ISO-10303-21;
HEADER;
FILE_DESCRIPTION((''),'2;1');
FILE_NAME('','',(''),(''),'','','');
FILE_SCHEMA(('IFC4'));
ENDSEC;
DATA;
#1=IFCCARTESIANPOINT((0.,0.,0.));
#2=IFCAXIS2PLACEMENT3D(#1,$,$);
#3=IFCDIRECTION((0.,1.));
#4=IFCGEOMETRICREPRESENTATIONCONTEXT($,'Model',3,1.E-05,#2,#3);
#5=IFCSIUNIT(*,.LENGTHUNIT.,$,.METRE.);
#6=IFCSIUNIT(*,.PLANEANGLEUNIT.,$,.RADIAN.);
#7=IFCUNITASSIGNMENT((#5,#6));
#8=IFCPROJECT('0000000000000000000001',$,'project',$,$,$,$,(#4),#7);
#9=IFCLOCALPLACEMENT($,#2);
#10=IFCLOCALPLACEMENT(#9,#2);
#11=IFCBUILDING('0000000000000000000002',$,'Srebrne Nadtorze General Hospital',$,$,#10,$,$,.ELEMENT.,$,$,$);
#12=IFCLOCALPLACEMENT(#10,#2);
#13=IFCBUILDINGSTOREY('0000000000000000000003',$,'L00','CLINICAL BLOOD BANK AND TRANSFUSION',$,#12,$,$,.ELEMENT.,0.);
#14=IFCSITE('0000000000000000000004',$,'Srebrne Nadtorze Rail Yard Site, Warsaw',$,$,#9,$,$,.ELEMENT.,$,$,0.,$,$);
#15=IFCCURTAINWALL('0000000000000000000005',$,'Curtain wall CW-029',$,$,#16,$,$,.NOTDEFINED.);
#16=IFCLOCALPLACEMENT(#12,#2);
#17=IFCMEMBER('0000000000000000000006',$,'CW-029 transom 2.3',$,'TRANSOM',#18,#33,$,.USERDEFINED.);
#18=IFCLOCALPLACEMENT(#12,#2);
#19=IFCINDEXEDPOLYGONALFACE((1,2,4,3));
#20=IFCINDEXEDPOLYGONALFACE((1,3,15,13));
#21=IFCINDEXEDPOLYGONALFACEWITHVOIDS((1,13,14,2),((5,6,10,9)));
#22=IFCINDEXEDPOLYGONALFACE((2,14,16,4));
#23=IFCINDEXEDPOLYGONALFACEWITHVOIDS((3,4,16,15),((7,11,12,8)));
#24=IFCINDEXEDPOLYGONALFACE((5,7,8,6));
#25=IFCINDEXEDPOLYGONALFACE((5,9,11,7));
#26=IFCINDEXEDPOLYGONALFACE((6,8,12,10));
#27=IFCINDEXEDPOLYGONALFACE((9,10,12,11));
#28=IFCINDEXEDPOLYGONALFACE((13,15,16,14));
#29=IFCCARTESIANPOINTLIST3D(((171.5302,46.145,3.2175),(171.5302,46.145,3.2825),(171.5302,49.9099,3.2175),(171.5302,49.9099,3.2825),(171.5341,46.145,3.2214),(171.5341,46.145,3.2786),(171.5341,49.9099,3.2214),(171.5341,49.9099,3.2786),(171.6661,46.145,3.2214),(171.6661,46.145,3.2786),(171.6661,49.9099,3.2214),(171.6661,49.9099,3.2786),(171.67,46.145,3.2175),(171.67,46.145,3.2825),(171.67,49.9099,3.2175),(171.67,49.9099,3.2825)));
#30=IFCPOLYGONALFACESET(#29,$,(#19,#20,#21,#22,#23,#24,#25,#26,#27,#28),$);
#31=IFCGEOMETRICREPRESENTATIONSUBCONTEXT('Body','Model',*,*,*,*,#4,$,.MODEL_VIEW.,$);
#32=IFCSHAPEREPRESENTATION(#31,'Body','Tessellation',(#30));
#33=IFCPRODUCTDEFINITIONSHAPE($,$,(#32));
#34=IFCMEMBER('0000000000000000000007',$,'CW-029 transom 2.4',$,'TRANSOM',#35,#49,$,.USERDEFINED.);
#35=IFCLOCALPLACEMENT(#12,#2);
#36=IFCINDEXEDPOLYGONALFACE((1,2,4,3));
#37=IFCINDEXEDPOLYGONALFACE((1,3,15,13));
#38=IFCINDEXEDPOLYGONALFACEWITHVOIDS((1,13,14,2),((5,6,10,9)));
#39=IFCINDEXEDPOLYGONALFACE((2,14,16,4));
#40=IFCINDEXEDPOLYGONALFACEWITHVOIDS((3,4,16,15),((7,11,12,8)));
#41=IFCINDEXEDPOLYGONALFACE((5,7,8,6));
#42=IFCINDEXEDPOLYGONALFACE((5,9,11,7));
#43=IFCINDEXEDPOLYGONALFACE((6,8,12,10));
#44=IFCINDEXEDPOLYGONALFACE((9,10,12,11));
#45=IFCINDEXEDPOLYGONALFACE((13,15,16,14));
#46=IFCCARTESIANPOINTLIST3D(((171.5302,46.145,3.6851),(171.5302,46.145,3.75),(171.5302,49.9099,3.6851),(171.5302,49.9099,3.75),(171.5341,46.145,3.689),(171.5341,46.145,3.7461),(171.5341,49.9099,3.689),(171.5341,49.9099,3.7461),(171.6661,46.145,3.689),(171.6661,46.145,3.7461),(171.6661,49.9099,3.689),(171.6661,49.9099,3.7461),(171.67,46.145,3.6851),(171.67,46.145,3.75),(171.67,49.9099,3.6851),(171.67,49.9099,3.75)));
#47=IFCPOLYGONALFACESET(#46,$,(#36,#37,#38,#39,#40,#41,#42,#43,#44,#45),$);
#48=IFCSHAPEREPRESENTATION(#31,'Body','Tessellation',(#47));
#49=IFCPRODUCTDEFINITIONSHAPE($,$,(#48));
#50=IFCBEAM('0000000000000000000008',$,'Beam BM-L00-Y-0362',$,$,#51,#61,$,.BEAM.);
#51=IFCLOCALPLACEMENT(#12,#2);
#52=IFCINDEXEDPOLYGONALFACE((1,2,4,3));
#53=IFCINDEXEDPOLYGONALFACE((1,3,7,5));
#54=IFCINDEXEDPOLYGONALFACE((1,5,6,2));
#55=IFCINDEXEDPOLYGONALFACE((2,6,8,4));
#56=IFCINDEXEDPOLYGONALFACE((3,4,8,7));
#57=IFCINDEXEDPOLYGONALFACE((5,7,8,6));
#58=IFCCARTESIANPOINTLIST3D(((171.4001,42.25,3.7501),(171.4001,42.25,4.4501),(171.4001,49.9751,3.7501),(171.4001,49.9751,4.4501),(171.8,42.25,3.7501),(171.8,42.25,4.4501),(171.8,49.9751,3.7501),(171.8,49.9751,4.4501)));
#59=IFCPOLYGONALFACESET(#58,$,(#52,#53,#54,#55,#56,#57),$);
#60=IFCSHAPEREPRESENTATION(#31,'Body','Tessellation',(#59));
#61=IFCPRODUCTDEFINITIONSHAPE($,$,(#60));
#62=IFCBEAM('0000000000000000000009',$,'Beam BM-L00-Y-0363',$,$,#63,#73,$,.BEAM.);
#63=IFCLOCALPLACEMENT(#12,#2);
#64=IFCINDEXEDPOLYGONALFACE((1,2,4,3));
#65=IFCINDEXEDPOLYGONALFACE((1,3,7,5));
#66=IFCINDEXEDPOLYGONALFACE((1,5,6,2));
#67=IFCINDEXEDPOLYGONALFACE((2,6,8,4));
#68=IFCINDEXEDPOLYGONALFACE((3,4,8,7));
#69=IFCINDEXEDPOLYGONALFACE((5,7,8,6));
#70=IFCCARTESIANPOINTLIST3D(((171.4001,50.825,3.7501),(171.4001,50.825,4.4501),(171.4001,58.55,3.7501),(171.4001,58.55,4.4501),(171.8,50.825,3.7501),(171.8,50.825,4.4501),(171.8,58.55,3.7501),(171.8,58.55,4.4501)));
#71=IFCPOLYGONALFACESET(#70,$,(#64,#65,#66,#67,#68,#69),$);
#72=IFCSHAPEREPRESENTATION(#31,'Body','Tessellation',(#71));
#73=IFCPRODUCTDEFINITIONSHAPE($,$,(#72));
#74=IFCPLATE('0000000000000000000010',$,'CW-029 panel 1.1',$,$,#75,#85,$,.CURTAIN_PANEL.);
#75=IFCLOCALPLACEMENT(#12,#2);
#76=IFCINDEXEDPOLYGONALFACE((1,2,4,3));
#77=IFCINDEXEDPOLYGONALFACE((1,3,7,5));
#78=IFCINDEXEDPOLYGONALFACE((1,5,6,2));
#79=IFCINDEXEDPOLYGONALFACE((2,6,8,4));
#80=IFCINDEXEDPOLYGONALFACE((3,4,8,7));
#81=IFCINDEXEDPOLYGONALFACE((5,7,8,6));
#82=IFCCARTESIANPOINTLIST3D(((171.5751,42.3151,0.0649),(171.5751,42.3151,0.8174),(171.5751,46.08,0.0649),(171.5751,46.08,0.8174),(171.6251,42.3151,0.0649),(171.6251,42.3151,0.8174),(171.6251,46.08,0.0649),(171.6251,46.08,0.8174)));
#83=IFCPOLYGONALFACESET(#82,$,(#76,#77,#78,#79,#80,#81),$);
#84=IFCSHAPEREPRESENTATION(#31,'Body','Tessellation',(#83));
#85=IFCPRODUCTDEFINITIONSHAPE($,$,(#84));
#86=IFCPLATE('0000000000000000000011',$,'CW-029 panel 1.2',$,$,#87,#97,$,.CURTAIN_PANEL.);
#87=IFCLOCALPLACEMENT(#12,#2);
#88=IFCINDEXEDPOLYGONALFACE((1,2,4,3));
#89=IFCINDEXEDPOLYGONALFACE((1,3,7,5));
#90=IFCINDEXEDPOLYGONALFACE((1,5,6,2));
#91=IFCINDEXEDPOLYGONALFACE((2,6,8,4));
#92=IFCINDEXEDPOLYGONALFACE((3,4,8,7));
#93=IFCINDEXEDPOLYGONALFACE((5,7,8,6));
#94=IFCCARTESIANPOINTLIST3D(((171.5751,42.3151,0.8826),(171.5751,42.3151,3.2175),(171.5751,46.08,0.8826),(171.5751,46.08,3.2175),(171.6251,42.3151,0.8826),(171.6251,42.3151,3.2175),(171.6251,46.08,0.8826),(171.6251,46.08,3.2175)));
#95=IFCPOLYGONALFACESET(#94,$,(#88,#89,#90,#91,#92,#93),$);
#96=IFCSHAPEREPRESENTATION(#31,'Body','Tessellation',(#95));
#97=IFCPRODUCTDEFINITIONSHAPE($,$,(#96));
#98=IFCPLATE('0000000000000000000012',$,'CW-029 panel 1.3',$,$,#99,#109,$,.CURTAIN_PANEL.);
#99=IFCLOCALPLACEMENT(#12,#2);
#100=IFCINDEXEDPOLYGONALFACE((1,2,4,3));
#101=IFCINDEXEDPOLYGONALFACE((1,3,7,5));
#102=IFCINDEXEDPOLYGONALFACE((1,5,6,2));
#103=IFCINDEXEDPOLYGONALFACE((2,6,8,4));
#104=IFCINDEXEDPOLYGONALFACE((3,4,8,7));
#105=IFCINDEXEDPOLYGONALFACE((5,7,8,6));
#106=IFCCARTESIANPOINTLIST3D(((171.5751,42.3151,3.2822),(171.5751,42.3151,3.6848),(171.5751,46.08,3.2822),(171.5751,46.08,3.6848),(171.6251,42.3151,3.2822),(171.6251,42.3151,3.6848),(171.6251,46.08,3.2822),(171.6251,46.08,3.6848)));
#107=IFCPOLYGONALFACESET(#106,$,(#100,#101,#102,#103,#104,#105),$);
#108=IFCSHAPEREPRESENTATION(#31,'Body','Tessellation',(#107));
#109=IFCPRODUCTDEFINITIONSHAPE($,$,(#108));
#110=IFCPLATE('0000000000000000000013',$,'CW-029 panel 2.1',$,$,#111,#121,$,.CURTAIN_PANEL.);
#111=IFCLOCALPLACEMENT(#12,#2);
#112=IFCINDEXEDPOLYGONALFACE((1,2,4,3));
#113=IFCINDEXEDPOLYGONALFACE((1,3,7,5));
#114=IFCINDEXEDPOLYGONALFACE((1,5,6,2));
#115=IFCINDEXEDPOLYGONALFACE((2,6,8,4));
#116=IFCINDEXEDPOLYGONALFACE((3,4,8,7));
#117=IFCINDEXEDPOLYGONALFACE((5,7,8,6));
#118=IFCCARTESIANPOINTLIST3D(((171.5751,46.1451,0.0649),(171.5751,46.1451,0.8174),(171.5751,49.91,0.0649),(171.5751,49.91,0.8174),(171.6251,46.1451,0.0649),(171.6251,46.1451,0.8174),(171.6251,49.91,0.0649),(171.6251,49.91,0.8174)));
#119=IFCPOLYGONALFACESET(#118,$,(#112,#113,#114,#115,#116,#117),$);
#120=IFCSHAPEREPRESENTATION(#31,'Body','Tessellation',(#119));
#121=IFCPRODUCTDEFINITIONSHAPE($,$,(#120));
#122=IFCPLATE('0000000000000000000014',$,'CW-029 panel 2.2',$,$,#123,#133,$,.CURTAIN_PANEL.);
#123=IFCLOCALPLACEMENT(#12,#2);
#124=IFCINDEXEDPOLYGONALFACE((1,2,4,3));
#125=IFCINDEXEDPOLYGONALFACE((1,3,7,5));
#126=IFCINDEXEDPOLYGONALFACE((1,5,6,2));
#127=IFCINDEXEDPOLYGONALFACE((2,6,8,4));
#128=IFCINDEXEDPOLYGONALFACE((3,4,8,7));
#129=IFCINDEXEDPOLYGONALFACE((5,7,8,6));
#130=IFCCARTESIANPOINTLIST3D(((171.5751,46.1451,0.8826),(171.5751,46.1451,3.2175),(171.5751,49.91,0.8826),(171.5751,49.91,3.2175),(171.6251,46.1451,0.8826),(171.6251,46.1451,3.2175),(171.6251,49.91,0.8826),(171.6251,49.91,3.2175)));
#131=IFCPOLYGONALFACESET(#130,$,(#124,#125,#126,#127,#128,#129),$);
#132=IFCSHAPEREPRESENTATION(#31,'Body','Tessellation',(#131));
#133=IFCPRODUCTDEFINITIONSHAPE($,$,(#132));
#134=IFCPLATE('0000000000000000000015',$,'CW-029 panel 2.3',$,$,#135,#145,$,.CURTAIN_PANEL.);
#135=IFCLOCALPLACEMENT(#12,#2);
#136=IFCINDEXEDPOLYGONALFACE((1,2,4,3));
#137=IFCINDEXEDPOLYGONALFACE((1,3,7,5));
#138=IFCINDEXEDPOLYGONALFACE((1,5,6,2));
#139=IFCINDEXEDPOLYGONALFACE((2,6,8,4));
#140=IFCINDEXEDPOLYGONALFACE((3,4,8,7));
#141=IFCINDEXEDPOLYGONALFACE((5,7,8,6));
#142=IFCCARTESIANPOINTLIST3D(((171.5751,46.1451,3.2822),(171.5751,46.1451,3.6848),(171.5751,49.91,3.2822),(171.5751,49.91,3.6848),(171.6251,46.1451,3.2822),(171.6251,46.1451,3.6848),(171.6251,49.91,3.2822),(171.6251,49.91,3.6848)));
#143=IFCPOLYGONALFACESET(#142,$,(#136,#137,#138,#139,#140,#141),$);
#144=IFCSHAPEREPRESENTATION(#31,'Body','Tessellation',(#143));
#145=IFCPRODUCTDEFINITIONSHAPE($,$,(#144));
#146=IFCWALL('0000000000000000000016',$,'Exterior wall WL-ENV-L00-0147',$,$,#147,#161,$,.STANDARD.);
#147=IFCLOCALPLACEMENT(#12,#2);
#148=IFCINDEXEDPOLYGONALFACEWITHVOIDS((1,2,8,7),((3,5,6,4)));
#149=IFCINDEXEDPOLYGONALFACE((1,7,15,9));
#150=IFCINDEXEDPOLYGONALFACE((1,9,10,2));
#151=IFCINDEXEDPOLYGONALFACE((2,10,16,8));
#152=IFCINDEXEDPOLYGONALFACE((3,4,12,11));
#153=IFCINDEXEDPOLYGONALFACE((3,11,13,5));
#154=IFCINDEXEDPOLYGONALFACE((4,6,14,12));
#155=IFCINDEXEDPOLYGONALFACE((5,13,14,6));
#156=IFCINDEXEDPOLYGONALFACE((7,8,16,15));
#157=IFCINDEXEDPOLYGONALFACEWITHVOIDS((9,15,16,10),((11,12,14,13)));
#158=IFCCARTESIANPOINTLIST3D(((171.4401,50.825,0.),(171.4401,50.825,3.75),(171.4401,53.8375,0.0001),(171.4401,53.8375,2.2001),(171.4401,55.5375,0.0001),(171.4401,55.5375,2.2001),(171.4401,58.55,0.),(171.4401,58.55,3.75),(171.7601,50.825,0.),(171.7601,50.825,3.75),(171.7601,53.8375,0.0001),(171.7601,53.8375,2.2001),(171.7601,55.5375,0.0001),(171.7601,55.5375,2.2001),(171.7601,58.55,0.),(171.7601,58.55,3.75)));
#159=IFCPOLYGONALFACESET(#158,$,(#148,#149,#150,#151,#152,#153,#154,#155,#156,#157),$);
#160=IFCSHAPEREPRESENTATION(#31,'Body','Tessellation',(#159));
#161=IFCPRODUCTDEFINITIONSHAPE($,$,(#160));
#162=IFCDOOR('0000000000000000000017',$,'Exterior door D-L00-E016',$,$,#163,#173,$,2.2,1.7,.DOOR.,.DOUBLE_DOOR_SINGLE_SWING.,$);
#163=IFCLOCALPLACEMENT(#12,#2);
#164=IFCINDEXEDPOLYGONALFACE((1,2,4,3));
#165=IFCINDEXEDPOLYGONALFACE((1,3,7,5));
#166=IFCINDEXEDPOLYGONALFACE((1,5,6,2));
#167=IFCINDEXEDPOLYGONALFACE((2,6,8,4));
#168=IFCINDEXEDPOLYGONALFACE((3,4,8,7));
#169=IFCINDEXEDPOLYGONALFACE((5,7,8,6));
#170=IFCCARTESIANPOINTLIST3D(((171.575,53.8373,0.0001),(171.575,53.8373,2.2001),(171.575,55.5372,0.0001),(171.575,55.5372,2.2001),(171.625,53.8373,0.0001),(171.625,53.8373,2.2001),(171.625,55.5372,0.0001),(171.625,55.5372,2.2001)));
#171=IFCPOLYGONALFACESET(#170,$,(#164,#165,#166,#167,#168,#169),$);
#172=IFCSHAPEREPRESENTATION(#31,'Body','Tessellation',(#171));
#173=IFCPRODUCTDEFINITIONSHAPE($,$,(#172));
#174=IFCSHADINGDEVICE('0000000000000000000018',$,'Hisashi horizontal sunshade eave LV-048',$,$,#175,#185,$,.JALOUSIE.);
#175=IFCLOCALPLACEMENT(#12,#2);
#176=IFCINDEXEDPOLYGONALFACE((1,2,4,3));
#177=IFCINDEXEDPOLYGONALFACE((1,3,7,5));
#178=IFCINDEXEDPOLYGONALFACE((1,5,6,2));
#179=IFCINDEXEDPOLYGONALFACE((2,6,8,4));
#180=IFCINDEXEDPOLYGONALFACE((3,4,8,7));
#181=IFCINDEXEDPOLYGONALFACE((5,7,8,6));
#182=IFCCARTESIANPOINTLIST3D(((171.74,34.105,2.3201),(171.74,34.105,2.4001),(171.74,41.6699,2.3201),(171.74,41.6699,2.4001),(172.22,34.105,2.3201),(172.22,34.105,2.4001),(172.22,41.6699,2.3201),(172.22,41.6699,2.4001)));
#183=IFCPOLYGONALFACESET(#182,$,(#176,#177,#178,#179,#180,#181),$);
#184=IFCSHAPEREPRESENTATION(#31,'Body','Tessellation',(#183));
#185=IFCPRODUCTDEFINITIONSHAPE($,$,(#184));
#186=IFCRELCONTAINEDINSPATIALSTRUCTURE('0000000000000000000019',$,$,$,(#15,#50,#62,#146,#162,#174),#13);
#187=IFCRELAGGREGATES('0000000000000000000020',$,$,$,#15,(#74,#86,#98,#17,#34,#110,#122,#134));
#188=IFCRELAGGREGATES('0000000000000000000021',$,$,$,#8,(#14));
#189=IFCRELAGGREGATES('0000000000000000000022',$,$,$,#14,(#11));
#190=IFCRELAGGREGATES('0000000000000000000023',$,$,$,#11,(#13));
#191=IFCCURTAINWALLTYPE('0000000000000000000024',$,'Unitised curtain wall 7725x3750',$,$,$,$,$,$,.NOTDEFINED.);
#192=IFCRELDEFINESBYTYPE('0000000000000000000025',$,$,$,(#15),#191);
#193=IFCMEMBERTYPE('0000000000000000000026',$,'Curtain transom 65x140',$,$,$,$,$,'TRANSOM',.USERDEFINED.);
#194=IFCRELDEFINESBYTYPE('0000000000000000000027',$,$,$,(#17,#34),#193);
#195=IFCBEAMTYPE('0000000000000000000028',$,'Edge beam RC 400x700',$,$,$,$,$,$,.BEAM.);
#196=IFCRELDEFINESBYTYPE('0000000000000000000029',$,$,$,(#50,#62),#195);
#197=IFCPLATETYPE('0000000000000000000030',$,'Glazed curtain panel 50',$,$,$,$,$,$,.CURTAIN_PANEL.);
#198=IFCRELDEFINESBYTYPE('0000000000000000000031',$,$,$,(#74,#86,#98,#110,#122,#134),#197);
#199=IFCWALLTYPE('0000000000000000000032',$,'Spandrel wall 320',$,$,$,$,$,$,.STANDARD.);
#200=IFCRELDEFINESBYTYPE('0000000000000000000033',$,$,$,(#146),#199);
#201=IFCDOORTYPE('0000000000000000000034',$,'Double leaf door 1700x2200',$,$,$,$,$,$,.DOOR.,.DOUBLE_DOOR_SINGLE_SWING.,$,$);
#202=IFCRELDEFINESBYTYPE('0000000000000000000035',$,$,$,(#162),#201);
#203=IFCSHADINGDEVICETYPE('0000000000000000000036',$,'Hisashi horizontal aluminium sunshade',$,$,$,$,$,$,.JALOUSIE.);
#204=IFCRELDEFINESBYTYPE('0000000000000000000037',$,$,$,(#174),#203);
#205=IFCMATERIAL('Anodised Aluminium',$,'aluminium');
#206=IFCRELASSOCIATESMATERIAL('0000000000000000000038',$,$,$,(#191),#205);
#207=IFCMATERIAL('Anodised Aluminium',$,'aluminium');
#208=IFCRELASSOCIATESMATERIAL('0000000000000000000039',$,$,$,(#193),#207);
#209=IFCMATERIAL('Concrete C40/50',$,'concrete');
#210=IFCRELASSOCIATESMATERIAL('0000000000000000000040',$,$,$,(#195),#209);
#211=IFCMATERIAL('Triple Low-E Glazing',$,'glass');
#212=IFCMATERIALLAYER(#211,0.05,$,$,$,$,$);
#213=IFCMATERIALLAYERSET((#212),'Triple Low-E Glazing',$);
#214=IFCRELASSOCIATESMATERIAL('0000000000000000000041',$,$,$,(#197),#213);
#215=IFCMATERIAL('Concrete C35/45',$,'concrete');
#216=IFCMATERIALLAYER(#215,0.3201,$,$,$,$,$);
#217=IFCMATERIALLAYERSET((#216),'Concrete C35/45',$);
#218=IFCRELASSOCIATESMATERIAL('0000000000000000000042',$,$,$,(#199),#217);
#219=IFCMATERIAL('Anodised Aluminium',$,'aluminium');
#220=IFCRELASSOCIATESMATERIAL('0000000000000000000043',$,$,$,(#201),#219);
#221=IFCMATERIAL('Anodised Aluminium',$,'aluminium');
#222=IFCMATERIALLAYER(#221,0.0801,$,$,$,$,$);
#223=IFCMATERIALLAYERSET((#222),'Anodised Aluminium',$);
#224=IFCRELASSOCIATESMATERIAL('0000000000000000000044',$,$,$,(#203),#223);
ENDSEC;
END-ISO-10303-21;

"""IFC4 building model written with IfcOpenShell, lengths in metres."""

from ifc_helpers import new_model, si_unit, direction, frame, frame_2d, origin, origin_2d, place, context, subcontext, project, spatial, rectangle, hollow_rectangle, extrude, material, layer, layer_set, material_profile, profile_set, type_object, element, fill, aggregate, save


model = new_model("IFC4")

# Units and contexts
model_context = context("Model", 3, precision=1e-05, world=origin(), true_north=direction((0.0, 1.0)))
body_context = subcontext(model_context, "Body", "Model", "MODEL_VIEW")
ifc_project = project(units=[si_unit("LENGTHUNIT", "METRE"), si_unit("PLANEANGLEUNIT", "RADIAN")], contexts=[model_context])

# Site, building, storey
site_placement = place(None, origin())
site = spatial("IfcSite", under=ifc_project, at=site_placement, Name="Srebrne Nadtorze Rail Yard Site, Warsaw", CompositionType="ELEMENT", RefElevation=0.0)
building_placement = place(site_placement, origin())
building = spatial("IfcBuilding", under=site, at=building_placement, Name="Srebrne Nadtorze General Hospital", CompositionType="ELEMENT")
storey_placement = place(building_placement, origin())
storey = spatial("IfcBuildingStorey", under=building, at=storey_placement, Name="L00", Description="CLINICAL BLOOD BANK AND TRANSFUSION", CompositionType="ELEMENT", Elevation=0.0)

# Curtain wall, members
ifc_material_1 = material(Name="Anodised Aluminium", Category="aluminium")
curtain_wall_type = type_object("IfcCurtainWallType", Name="Unitised curtain wall 7725x3750", PredefinedType="NOTDEFINED", material=ifc_material_1)
curtain_wall_placement = place(storey_placement, origin())
curtain_wall = element("IfcCurtainWall", 1, at=curtain_wall_placement, inside=storey, type_object=curtain_wall_type, Name="Curtain wall CW-029", PredefinedType="NOTDEFINED")
ifc_material_2 = material(Name="Anodised Aluminium", Category="aluminium")
ifc_material_profile_1 = material_profile(ifc_material_2, hollow_rectangle(XDim=0.0649, YDim=0.1399, WallThickness=0.0039, at=origin_2d()), Name="AL-TRN-65x140")
ifc_profile_set_1 = profile_set([ifc_material_profile_1], Name="Anodised Aluminium")
member_type_1 = type_object("IfcMemberType", Name="Curtain transom 65x140", ElementType="TRANSOM", PredefinedType="USERDEFINED", material=ifc_profile_set_1)
member_1_placement = place(storey_placement, frame((171.6001, 46.145, 3.25), z_axis=(0.0, 1.0, 0.0), x_axis=(0.0, 0.0, 1.0)))
member_1 = element("IfcMember", 2, at=member_1_placement, type_object=member_type_1, Name="CW-029 transom 2.3", ObjectType="TRANSOM", PredefinedType="USERDEFINED", context=body_context, shape_type="SweptSolid", body=[
    extrude(hollow_rectangle(XDim=0.0649, YDim=0.1399, WallThickness=0.0039, at=origin_2d()), origin(), (0.0, 0.0, 1.0), 3.7649),
])
member_2_placement = place(storey_placement, frame((171.6001, 46.145, 3.7175), z_axis=(0.0, 1.0, 0.0), x_axis=(0.0, 0.0, 1.0)))
member_2 = element("IfcMember", 3, at=member_2_placement, type_object=member_type_1, Name="CW-029 transom 2.4", ObjectType="TRANSOM", PredefinedType="USERDEFINED", context=body_context, shape_type="SweptSolid", body=[
    extrude(hollow_rectangle(XDim=0.0649, YDim=0.1399, WallThickness=0.0039, at=origin_2d()), origin(), (0.0, 0.0, 1.0), 3.7649),
])

# Beams
ifc_material_3 = material(Name="Concrete C40/50", Category="concrete")
ifc_material_profile_2 = material_profile(ifc_material_3, rectangle(XDim=0.3999, YDim=0.7, at=origin_2d()), Name="RC-BM-400x700")
ifc_profile_set_2 = profile_set([ifc_material_profile_2], Name="Concrete C40/50")
beam_type = type_object("IfcBeamType", Name="Edge beam RC 400x700", PredefinedType="BEAM", material=ifc_profile_set_2)
for number, where, z_axis, x_axis, name in (
    (4, (171.6001, 42.25, 4.1001), (0.0, 1.0, 0.0), (-1.0, 0.0, 0.0), "Beam BM-L00-Y-0362"),
    (5, (171.6001, 50.825, 4.1001), (0.0, 1.0, 0.0), (-1.0, 0.0, 0.0), "Beam BM-L00-Y-0363"),
):
    element("IfcBeam", number, at=place(storey_placement, frame(where, z_axis=z_axis, x_axis=x_axis)), inside=storey, type_object=beam_type, Name=name, PredefinedType="BEAM", context=body_context, shape_type="SweptSolid", body=[
        extrude(rectangle(XDim=0.3999, YDim=0.7, at=origin_2d()), origin(), (0.0, 0.0, 1.0), 7.7251),
    ])

# Plates
ifc_material_4 = material(Name="Triple Low-E Glazing", Category="glass")
ifc_layer_1 = layer(ifc_material_4, 0.05)
ifc_layer_set_1 = layer_set([ifc_layer_1], Name="Triple Low-E Glazing")
plate_type = type_object("IfcPlateType", Name="Glazed curtain panel 50", PredefinedType="CURTAIN_PANEL", material=ifc_layer_set_1)
plate_1_placement = place(storey_placement, frame((171.6001, 44.1975, 0.0649), z_axis=(0.0, 0.0, 1.0), x_axis=(0.0, 1.0, 0.0)))
plate_1 = element("IfcPlate", 6, at=plate_1_placement, type_object=plate_type, Name="CW-029 panel 1.1", PredefinedType="CURTAIN_PANEL", context=body_context, shape_type="SweptSolid", body=[
    extrude(rectangle(XDim=3.7649, YDim=0.05, at=origin_2d()), origin(), (0.0, 0.0, 1.0), 0.7524),
])
plate_2_placement = place(storey_placement, frame((171.6001, 44.1975, 0.8826), z_axis=(0.0, 0.0, 1.0), x_axis=(0.0, 1.0, 0.0)))
plate_2 = element("IfcPlate", 7, at=plate_2_placement, type_object=plate_type, Name="CW-029 panel 1.2", PredefinedType="CURTAIN_PANEL", context=body_context, shape_type="SweptSolid", body=[
    extrude(rectangle(XDim=3.7649, YDim=0.05, at=origin_2d()), origin(), (0.0, 0.0, 1.0), 2.335),
])
plate_3_placement = place(storey_placement, frame((171.6001, 44.1975, 3.2822), z_axis=(0.0, 0.0, 1.0), x_axis=(0.0, 1.0, 0.0)))
plate_3 = element("IfcPlate", 8, at=plate_3_placement, type_object=plate_type, Name="CW-029 panel 1.3", PredefinedType="CURTAIN_PANEL", context=body_context, shape_type="SweptSolid", body=[
    extrude(rectangle(XDim=3.7649, YDim=0.05, at=origin_2d()), origin(), (0.0, 0.0, 1.0), 0.4026),
])
plate_4_placement = place(storey_placement, frame((171.6001, 48.0276, 0.0649), z_axis=(0.0, 0.0, 1.0), x_axis=(0.0, 1.0, 0.0)))
plate_4 = element("IfcPlate", 9, at=plate_4_placement, type_object=plate_type, Name="CW-029 panel 2.1", PredefinedType="CURTAIN_PANEL", context=body_context, shape_type="SweptSolid", body=[
    extrude(rectangle(XDim=3.7649, YDim=0.05, at=origin_2d()), origin(), (0.0, 0.0, 1.0), 0.7524),
])
plate_5_placement = place(storey_placement, frame((171.6001, 48.0276, 0.8826), z_axis=(0.0, 0.0, 1.0), x_axis=(0.0, 1.0, 0.0)))
plate_5 = element("IfcPlate", 10, at=plate_5_placement, type_object=plate_type, Name="CW-029 panel 2.2", PredefinedType="CURTAIN_PANEL", context=body_context, shape_type="SweptSolid", body=[
    extrude(rectangle(XDim=3.7649, YDim=0.05, at=origin_2d()), origin(), (0.0, 0.0, 1.0), 2.335),
])
plate_6_placement = place(storey_placement, frame((171.6001, 48.0276, 3.2822), z_axis=(0.0, 0.0, 1.0), x_axis=(0.0, 1.0, 0.0)))
plate_6 = element("IfcPlate", 11, at=plate_6_placement, type_object=plate_type, Name="CW-029 panel 2.3", PredefinedType="CURTAIN_PANEL", context=body_context, shape_type="SweptSolid", body=[
    extrude(rectangle(XDim=3.7649, YDim=0.05, at=origin_2d()), origin(), (0.0, 0.0, 1.0), 0.4026),
])
aggregate(curtain_wall, [plate_1, plate_2, plate_3, member_1, member_2, plate_4, plate_5, plate_6])

# Wall, opening, door
ifc_material_5 = material(Name="Concrete C35/45", Category="concrete")
ifc_layer_2 = layer(ifc_material_5, 0.3201)
ifc_layer_set_2 = layer_set([ifc_layer_2], Name="Concrete C35/45")
wall_type = type_object("IfcWallType", Name="Spandrel wall 320", PredefinedType="STANDARD", material=ifc_layer_set_2)
wall_placement = place(storey_placement, frame((171.6001, 50.825, 0.0), z_axis=(0.0, 0.0, 1.0), x_axis=(0.0, 1.0, 0.0)))
wall = element("IfcWall", 12, at=wall_placement, inside=storey, type_object=wall_type, Name="Exterior wall WL-ENV-L00-0147", PredefinedType="STANDARD", context=body_context, shape_type="SweptSolid", body=[
    extrude(rectangle(XDim=7.7251, YDim=0.3201, at=frame_2d((3.8625, 0.0))), origin(), (0.0, 0.0, 1.0), 3.75),
])
opening_placement = place(wall_placement, frame((3.0125, 0.0, 0.0)))
opening = element("IfcOpeningElement", 13, at=opening_placement, cuts=wall, PredefinedType="OPENING", context=body_context, shape_type="SweptSolid", body=[
    extrude(rectangle(XDim=1.7, YDim=2.2, at=frame_2d((0.8501, 1.1001))), frame((0.0, 0.1719, 0.0), z_axis=(0.0, -1.0, 0.0), x_axis=(1.0, 0.0, 0.0)), (0.0, 0.0, 1.0), 0.344),
])
ifc_material_6 = material(Name="Anodised Aluminium", Category="aluminium")
door_type = type_object("IfcDoorType", Name="Double leaf door 1700x2200", OperationType="DOUBLE_DOOR_SINGLE_SWING", PredefinedType="DOOR", material=ifc_material_6)
door_placement = place(opening_placement, frame((1.7, 0.0, 0.0), z_axis=(0.0, 0.0, 1.0), x_axis=(-1.0, 0.0, 0.0)))
door = element("IfcDoor", 14, at=door_placement, inside=storey, type_object=door_type, Name="Exterior door D-L00-E016", OperationType="DOUBLE_DOOR_SINGLE_SWING", OverallHeight=2.2, OverallWidth=1.7, PredefinedType="DOOR", context=body_context, shape_type="SweptSolid", body=[
    extrude(rectangle(XDim=1.7, YDim=2.2, at=frame_2d((0.8501, 1.1001))), frame((0.0, 0.0249, 0.0), z_axis=(0.0, -1.0, 0.0), x_axis=(1.0, 0.0, 0.0)), (0.0, 0.0, 1.0), 0.05),
])
fill(opening, door)

# Shading device
ifc_material_7 = material(Name="Anodised Aluminium", Category="aluminium")
ifc_layer_3 = layer(ifc_material_7, 0.0801)
ifc_layer_set_3 = layer_set([ifc_layer_3], Name="Anodised Aluminium")
shading_device_type = type_object("IfcShadingDeviceType", Name="Hisashi horizontal aluminium sunshade", PredefinedType="JALOUSIE", material=ifc_layer_set_3)
shading_device_placement = place(storey_placement, frame((171.98, 37.8875, 2.3201), z_axis=(0.0, 0.0, 1.0), x_axis=(1.0, 0.0, 0.0)))
element("IfcShadingDevice", 15, at=shading_device_placement, inside=storey, type_object=shading_device_type, Name="Hisashi horizontal sunshade eave LV-048", PredefinedType="JALOUSIE", context=body_context, shape_type="SweptSolid", body=[
    extrude(rectangle(XDim=0.48, YDim=7.5649, at=origin_2d()), origin(), (0.0, 0.0, 1.0), 0.0801),
])

save(model, "model.ifc")
